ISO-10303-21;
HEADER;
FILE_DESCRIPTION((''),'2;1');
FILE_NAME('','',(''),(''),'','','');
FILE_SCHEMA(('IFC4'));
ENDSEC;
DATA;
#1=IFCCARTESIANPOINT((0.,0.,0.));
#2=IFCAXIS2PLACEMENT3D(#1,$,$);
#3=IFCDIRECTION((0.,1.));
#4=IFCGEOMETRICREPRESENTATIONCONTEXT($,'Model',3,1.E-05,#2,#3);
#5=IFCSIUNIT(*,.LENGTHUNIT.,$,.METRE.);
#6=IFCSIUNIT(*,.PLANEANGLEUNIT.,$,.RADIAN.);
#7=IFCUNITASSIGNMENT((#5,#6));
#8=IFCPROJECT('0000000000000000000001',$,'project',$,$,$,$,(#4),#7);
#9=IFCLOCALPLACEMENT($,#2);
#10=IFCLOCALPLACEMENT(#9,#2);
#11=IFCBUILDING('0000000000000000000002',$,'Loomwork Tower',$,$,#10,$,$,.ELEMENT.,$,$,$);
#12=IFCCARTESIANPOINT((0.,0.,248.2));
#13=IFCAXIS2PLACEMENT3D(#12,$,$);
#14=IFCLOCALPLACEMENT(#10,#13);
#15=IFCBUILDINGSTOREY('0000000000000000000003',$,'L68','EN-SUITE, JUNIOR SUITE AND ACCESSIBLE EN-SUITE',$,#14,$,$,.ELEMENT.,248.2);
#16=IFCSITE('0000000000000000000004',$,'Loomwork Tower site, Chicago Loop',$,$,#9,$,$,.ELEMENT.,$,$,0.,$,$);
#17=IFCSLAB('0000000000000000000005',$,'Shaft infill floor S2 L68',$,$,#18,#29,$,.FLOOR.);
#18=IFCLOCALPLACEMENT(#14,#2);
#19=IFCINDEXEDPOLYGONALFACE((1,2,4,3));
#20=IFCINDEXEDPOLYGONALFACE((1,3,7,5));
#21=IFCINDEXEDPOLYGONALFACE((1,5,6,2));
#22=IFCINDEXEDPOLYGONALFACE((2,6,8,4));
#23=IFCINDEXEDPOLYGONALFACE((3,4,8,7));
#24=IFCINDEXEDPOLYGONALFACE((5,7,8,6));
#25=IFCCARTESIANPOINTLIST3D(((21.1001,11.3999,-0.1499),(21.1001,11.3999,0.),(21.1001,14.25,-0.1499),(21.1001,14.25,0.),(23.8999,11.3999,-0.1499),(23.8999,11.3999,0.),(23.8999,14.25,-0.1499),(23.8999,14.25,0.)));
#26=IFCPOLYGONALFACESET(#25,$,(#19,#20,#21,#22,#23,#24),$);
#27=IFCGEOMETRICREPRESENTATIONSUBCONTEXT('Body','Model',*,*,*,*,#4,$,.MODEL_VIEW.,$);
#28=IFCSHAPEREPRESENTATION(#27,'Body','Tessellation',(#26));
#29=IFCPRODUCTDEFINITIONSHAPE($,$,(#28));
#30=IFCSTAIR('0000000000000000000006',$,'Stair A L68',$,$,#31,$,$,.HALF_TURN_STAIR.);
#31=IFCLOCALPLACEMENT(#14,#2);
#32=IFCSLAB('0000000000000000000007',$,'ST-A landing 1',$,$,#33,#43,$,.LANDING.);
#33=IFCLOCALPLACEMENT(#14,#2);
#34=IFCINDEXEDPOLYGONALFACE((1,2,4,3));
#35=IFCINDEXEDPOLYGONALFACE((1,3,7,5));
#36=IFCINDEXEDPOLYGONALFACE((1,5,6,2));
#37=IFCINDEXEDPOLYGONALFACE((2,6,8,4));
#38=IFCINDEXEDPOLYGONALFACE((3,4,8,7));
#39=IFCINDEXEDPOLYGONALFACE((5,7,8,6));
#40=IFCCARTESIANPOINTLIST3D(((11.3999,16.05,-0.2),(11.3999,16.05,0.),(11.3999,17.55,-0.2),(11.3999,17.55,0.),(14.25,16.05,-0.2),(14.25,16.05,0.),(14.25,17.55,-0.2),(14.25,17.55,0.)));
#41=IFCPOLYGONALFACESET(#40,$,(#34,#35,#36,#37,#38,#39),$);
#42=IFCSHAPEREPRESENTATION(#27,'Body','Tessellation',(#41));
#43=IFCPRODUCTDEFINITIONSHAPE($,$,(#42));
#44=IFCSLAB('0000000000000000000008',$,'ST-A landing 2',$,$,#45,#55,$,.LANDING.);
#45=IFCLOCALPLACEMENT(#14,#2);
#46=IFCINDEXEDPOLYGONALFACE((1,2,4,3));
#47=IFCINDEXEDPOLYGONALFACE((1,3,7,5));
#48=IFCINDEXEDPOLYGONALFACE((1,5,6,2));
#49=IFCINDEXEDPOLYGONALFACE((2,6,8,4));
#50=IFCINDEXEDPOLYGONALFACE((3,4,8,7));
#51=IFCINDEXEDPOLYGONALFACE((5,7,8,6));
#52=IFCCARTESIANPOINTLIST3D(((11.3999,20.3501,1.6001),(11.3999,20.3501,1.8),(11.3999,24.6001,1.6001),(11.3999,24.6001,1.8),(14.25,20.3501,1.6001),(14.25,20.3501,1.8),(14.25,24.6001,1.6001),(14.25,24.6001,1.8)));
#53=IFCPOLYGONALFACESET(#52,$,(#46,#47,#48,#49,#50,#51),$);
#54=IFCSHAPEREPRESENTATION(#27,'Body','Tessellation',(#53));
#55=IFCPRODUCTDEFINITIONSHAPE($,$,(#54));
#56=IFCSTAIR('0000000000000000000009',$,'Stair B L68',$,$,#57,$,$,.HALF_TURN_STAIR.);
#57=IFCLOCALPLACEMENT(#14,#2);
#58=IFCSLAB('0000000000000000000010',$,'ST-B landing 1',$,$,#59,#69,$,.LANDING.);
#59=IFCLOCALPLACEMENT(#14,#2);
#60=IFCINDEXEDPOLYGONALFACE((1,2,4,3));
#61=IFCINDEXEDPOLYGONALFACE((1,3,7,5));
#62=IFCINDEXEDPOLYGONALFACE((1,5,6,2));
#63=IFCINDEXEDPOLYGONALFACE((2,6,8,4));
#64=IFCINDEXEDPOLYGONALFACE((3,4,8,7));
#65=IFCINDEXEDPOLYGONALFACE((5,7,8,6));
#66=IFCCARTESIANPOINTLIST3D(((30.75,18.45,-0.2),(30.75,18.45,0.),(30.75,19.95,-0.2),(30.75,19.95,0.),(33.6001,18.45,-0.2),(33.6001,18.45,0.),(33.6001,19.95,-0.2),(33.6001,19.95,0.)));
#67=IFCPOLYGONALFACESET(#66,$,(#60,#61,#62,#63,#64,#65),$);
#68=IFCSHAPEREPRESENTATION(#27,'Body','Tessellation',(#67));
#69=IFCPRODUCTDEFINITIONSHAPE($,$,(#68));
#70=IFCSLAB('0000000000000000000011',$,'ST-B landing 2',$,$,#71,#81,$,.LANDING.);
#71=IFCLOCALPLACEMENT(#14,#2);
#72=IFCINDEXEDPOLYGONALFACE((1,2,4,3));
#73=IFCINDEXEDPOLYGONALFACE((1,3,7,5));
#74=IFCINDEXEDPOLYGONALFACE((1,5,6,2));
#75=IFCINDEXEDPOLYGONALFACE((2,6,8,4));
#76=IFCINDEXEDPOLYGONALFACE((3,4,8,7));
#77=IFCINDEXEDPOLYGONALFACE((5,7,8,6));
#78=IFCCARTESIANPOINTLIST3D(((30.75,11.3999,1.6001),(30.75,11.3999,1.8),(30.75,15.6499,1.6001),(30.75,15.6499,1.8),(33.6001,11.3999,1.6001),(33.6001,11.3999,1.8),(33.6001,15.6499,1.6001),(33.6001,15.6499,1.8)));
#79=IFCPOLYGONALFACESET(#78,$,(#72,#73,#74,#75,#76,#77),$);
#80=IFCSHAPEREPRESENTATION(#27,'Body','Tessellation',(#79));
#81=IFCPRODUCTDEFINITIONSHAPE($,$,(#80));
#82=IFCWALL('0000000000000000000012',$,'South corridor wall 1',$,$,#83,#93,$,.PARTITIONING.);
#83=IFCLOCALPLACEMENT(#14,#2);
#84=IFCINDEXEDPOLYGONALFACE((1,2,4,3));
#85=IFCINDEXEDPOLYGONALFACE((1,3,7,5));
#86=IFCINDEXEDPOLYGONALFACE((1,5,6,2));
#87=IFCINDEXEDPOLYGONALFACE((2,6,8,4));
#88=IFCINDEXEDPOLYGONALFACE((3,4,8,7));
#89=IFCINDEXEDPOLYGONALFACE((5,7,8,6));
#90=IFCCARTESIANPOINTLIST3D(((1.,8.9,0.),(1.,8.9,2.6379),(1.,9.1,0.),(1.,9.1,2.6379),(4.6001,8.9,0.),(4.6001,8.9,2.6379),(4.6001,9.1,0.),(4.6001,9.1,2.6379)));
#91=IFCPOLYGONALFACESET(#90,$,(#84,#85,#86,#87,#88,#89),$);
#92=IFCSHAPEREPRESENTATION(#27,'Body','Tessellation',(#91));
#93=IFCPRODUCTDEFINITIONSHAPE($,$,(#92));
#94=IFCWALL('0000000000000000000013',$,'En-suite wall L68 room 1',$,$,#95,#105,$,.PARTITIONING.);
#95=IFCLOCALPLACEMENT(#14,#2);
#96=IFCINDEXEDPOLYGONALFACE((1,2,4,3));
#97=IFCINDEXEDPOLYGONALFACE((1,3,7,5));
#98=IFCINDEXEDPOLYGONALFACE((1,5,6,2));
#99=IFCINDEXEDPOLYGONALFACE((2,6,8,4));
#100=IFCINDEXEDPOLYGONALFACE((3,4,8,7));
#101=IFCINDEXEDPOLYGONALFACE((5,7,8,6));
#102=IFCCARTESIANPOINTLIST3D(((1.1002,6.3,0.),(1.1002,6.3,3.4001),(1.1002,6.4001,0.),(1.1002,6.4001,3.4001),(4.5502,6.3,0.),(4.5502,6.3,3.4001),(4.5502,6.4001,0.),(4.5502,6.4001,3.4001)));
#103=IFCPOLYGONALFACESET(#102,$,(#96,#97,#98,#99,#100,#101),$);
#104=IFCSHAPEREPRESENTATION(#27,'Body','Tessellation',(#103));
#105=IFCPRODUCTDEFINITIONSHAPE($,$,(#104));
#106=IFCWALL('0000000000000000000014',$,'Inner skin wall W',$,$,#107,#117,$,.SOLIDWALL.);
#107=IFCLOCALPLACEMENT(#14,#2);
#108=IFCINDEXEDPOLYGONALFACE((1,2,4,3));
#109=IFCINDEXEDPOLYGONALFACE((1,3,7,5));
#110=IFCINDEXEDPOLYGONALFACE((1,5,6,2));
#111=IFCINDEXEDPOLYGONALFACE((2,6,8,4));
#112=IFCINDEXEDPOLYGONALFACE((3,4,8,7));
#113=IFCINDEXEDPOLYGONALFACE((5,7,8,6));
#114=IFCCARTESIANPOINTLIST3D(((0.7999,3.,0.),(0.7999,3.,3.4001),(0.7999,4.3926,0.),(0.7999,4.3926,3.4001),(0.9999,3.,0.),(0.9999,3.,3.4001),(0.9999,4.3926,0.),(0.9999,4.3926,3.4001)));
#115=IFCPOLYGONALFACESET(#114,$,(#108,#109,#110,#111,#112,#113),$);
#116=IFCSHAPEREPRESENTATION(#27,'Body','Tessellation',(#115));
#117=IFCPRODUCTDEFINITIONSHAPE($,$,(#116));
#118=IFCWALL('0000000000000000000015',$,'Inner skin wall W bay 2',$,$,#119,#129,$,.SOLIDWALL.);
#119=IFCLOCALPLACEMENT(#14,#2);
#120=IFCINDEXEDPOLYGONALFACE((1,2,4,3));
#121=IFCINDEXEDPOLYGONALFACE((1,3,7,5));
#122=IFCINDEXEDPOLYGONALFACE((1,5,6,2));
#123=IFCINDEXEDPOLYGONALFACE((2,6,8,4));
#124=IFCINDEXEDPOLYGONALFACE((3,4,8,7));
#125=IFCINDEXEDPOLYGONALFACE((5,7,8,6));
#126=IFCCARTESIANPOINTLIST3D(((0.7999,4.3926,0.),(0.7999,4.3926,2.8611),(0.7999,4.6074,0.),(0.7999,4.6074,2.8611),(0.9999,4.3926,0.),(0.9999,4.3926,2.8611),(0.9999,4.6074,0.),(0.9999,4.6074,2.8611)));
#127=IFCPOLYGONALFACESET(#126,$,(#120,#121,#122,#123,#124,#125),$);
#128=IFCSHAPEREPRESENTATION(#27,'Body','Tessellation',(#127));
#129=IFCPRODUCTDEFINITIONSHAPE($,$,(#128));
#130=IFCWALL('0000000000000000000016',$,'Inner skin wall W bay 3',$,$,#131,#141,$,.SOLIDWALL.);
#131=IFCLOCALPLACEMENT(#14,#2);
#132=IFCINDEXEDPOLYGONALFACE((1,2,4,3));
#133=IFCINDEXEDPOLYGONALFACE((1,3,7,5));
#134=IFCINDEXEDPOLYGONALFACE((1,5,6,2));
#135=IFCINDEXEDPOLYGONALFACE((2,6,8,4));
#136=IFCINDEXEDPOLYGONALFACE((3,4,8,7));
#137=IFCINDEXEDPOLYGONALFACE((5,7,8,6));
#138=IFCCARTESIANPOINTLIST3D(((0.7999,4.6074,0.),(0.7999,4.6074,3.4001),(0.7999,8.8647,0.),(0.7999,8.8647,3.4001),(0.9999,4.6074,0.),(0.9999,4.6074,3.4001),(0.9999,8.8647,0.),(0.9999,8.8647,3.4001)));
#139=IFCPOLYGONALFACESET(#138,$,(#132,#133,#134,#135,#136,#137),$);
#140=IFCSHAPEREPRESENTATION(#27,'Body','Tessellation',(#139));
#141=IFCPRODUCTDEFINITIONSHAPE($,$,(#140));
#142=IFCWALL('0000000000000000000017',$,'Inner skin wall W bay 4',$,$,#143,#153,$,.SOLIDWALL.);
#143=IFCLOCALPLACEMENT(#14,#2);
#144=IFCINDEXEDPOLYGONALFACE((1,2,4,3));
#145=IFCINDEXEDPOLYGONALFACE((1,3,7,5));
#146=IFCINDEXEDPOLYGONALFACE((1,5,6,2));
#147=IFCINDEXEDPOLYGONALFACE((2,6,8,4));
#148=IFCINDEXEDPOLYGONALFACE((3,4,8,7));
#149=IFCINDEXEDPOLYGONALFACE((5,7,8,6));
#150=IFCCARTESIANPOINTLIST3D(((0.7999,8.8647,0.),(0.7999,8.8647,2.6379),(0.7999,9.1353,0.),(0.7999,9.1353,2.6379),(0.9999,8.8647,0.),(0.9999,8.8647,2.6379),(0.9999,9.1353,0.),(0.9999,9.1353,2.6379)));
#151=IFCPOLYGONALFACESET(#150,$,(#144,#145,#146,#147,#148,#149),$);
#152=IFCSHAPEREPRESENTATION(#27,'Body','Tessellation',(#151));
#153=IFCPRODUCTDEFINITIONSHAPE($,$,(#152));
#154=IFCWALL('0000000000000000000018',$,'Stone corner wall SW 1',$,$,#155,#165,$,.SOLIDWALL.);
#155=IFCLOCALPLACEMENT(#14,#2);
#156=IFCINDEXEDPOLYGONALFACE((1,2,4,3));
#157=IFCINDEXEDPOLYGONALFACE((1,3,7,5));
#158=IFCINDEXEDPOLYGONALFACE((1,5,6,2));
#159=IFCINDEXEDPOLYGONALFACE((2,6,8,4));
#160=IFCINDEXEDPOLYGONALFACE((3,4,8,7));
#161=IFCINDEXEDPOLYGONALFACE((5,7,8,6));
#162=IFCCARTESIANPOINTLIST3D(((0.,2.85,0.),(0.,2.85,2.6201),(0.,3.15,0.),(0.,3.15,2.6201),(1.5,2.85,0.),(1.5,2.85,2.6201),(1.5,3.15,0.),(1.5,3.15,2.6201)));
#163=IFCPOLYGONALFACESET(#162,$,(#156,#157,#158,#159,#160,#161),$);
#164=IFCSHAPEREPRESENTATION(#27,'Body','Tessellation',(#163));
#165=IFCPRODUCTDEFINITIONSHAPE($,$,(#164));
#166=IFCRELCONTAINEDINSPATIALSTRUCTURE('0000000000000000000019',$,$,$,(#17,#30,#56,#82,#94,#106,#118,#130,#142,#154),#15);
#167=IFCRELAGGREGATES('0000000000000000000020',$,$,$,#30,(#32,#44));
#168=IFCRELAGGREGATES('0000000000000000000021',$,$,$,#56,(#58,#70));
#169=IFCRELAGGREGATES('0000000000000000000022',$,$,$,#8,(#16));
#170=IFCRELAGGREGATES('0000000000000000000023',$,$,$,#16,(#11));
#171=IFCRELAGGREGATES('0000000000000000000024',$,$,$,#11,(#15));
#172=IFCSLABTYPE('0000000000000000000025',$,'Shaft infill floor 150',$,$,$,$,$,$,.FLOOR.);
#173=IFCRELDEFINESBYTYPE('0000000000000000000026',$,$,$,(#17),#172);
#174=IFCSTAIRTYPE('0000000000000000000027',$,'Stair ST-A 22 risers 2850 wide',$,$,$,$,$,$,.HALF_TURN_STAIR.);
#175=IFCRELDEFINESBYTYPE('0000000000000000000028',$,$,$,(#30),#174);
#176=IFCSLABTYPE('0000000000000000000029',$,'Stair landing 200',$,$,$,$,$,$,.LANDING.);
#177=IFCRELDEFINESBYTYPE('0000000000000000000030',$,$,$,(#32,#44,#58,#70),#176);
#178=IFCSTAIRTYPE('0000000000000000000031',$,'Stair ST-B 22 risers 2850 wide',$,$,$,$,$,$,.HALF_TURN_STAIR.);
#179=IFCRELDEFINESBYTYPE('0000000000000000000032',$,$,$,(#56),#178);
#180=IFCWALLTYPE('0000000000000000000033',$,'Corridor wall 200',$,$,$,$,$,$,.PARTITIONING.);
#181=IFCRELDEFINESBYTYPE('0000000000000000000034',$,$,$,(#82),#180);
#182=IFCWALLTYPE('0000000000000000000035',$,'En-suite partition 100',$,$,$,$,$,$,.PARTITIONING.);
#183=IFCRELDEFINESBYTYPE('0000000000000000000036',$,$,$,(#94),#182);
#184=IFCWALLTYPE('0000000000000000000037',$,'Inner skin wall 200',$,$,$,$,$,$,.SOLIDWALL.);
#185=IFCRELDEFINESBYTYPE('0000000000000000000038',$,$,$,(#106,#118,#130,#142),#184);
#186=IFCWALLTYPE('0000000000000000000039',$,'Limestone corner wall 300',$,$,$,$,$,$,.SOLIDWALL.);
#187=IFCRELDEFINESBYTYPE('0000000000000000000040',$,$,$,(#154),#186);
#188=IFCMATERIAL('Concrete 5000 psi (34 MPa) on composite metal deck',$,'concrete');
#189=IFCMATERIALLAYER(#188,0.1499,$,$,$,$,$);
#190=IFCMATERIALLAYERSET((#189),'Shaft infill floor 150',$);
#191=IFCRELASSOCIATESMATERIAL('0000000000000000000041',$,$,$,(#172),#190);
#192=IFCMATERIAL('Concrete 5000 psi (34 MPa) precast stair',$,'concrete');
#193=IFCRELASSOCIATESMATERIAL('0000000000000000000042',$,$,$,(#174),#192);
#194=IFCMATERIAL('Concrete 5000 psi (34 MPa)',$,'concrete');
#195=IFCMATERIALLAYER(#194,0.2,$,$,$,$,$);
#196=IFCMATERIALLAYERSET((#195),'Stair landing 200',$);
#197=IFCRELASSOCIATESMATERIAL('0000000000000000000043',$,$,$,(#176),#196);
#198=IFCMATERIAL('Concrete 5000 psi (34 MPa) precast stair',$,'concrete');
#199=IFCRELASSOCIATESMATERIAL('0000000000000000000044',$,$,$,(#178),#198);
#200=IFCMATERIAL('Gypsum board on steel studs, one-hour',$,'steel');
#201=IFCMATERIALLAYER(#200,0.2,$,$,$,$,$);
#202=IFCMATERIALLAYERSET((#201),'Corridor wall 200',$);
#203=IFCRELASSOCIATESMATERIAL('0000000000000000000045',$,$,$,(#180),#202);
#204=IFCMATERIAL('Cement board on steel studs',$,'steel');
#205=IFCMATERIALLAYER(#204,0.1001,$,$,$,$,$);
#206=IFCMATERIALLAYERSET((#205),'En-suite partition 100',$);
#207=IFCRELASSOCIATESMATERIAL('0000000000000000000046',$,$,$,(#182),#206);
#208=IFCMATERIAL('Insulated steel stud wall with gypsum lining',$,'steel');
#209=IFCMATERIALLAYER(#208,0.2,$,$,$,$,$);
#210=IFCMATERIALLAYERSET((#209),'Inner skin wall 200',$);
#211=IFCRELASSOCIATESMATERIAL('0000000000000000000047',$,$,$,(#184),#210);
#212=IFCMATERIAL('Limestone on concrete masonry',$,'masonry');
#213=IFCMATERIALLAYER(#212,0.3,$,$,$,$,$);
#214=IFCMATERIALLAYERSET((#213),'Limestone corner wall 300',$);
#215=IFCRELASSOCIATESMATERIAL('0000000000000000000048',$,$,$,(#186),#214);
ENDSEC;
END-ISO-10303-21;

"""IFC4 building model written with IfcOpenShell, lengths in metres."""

from ifc_helpers import new_model, si_unit, direction, frame, frame_2d, origin, place, context, subcontext, project, spatial, polyline, rectangle, outline, extrude, material, layer, layer_set, type_object, element, aggregate, save


model = new_model("IFC4")

# Units and contexts
model_context = context("Model", 3, precision=1e-05, world=origin(), true_north=direction((0.0, 1.0)))
body_context = subcontext(model_context, "Body", "Model", "MODEL_VIEW")
ifc_project = project(units=[si_unit("LENGTHUNIT", "METRE"), si_unit("PLANEANGLEUNIT", "RADIAN")], contexts=[model_context])

# Site, building, storey
site_placement = place(None, origin())
site = spatial("IfcSite", under=ifc_project, at=site_placement, Name="Loomwork Tower site, Chicago Loop", CompositionType="ELEMENT", RefElevation=0.0)
building_placement = place(site_placement, origin())
building = spatial("IfcBuilding", under=site, at=building_placement, Name="Loomwork Tower", CompositionType="ELEMENT")
storey_placement = place(building_placement, frame((0.0, 0.0, 248.2)))
storey = spatial("IfcBuildingStorey", under=building, at=storey_placement, Name="L68", Description="EN-SUITE, JUNIOR SUITE AND ACCESSIBLE EN-SUITE", CompositionType="ELEMENT", Elevation=248.2)

# Slab
ifc_material_1 = material(Name="Concrete 5000 psi (34 MPa) on composite metal deck", Category="concrete")
ifc_layer_1 = layer(ifc_material_1, 0.1499)
ifc_layer_set_1 = layer_set([ifc_layer_1], Name="Shaft infill floor 150")
slab_type_1 = type_object("IfcSlabType", Name="Shaft infill floor 150", PredefinedType="FLOOR", material=ifc_layer_set_1)
slab_1_placement = place(storey_placement, frame((0.0, 0.0, -0.1499)))
element("IfcSlab", 1, at=slab_1_placement, inside=storey, type_object=slab_type_1, Name="Shaft infill floor S2 L68", PredefinedType="FLOOR", context=body_context, shape_type="SweptSolid", body=[
    extrude(outline(polyline([(21.1001, 11.3999), (23.8999, 11.3999), (23.8999, 14.25), (21.1001, 14.25), (21.1001, 11.3999)])), origin(), (0.0, 0.0, 1.0), 0.1499),
])

# Stairs, slabs
ifc_material_2 = material(Name="Concrete 5000 psi (34 MPa) precast stair", Category="concrete")
stair_type_1 = type_object("IfcStairType", Name="Stair ST-A 22 risers 2850 wide", PredefinedType="HALF_TURN_STAIR", material=ifc_material_2)
stair_1_placement = place(storey_placement, origin())
stair_1 = element("IfcStair", 2, at=stair_1_placement, inside=storey, type_object=stair_type_1, Name="Stair A L68", PredefinedType="HALF_TURN_STAIR")
ifc_material_3 = material(Name="Concrete 5000 psi (34 MPa)", Category="concrete")
ifc_layer_2 = layer(ifc_material_3, 0.2)
ifc_layer_set_2 = layer_set([ifc_layer_2], Name="Stair landing 200")
slab_type_2 = type_object("IfcSlabType", Name="Stair landing 200", PredefinedType="LANDING", material=ifc_layer_set_2)
slab_2_placement = place(storey_placement, frame((0.0, 0.0, -0.2)))
slab_2 = element("IfcSlab", 3, at=slab_2_placement, type_object=slab_type_2, Name="ST-A landing 1", PredefinedType="LANDING", context=body_context, shape_type="SweptSolid", body=[
    extrude(outline(polyline([(11.3999, 16.05), (14.25, 16.05), (14.25, 17.55), (11.3999, 17.55), (11.3999, 16.05)])), origin(), (0.0, 0.0, 1.0), 0.2),
])
slab_3_placement = place(storey_placement, frame((0.0, 0.0, 1.6001)))
slab_3 = element("IfcSlab", 4, at=slab_3_placement, type_object=slab_type_2, Name="ST-A landing 2", PredefinedType="LANDING", context=body_context, shape_type="SweptSolid", body=[
    extrude(outline(polyline([(11.3999, 20.3501), (14.25, 20.3501), (14.25, 24.6001), (11.3999, 24.6001), (11.3999, 20.3501)])), origin(), (0.0, 0.0, 1.0), 0.2),
])
aggregate(stair_1, [slab_2, slab_3])
ifc_material_4 = material(Name="Concrete 5000 psi (34 MPa) precast stair", Category="concrete")
stair_type_2 = type_object("IfcStairType", Name="Stair ST-B 22 risers 2850 wide", PredefinedType="HALF_TURN_STAIR", material=ifc_material_4)
stair_2_placement = place(storey_placement, origin())
stair_2 = element("IfcStair", 5, at=stair_2_placement, inside=storey, type_object=stair_type_2, Name="Stair B L68", PredefinedType="HALF_TURN_STAIR")
slab_4_placement = place(storey_placement, frame((0.0, 0.0, -0.2)))
slab_4 = element("IfcSlab", 6, at=slab_4_placement, type_object=slab_type_2, Name="ST-B landing 1", PredefinedType="LANDING", context=body_context, shape_type="SweptSolid", body=[
    extrude(outline(polyline([(30.75, 18.45), (33.6001, 18.45), (33.6001, 19.95), (30.75, 19.95), (30.75, 18.45)])), origin(), (0.0, 0.0, 1.0), 0.2),
])
slab_5_placement = place(storey_placement, frame((0.0, 0.0, 1.6001)))
slab_5 = element("IfcSlab", 7, at=slab_5_placement, type_object=slab_type_2, Name="ST-B landing 2", PredefinedType="LANDING", context=body_context, shape_type="SweptSolid", body=[
    extrude(outline(polyline([(30.75, 11.3999), (33.6001, 11.3999), (33.6001, 15.6499), (30.75, 15.6499), (30.75, 11.3999)])), origin(), (0.0, 0.0, 1.0), 0.2),
])
aggregate(stair_2, [slab_4, slab_5])

# Walls
ifc_material_5 = material(Name="Gypsum board on steel studs, one-hour", Category="steel")
ifc_layer_3 = layer(ifc_material_5, 0.2)
ifc_layer_set_3 = layer_set([ifc_layer_3], Name="Corridor wall 200")
wall_type_1 = type_object("IfcWallType", Name="Corridor wall 200", PredefinedType="PARTITIONING", material=ifc_layer_set_3)
wall_1_placement = place(storey_placement, frame((1.0, 9.0, 0.0), z_axis=(0.0, 0.0, 1.0), x_axis=(1.0, 0.0, 0.0)))
element("IfcWall", 8, at=wall_1_placement, inside=storey, type_object=wall_type_1, Name="South corridor wall 1", PredefinedType="PARTITIONING", context=body_context, shape_type="SweptSolid", body=[
    extrude(rectangle(XDim=3.6001, YDim=0.2, at=frame_2d((1.8, 0.0))), origin(), (0.0, 0.0, 1.0), 2.6379),
])
ifc_material_6 = material(Name="Cement board on steel studs", Category="steel")
ifc_layer_4 = layer(ifc_material_6, 0.1001)
ifc_layer_set_4 = layer_set([ifc_layer_4], Name="En-suite partition 100")
wall_type_2 = type_object("IfcWallType", Name="En-suite partition 100", PredefinedType="PARTITIONING", material=ifc_layer_set_4)
wall_2_placement = place(storey_placement, frame((1.1001, 6.3501, 0.0), z_axis=(0.0, 0.0, 1.0), x_axis=(1.0, 0.0, 0.0)))
element("IfcWall", 9, at=wall_2_placement, inside=storey, type_object=wall_type_2, Name="En-suite wall L68 room 1", PredefinedType="PARTITIONING", context=body_context, shape_type="SweptSolid", body=[
    extrude(rectangle(XDim=3.45, YDim=0.1001, at=frame_2d((1.7251, 0.0))), origin(), (0.0, 0.0, 1.0), 3.4001),
])
ifc_material_7 = material(Name="Insulated steel stud wall with gypsum lining", Category="steel")
ifc_layer_5 = layer(ifc_material_7, 0.2)
ifc_layer_set_5 = layer_set([ifc_layer_5], Name="Inner skin wall 200")
wall_type_3 = type_object("IfcWallType", Name="Inner skin wall 200", PredefinedType="SOLIDWALL", material=ifc_layer_set_5)
wall_3_placement = place(storey_placement, frame((0.8999, 3.0, 0.0), z_axis=(0.0, 0.0, 1.0), x_axis=(0.0, 1.0, 0.0)))
element("IfcWall", 10, at=wall_3_placement, inside=storey, type_object=wall_type_3, Name="Inner skin wall W", PredefinedType="SOLIDWALL", context=body_context, shape_type="SweptSolid", body=[
    extrude(rectangle(XDim=1.3926, YDim=0.2, at=frame_2d((0.6963, 0.0))), origin(), (0.0, 0.0, 1.0), 3.4001),
])
wall_4_placement = place(storey_placement, frame((0.8999, 4.3926, 0.0), z_axis=(0.0, 0.0, 1.0), x_axis=(0.0, 1.0, 0.0)))
element("IfcWall", 11, at=wall_4_placement, inside=storey, type_object=wall_type_3, Name="Inner skin wall W bay 2", PredefinedType="SOLIDWALL", context=body_context, shape_type="SweptSolid", body=[
    extrude(rectangle(XDim=0.2148, YDim=0.2, at=frame_2d((0.1074, 0.0))), origin(), (0.0, 0.0, 1.0), 2.8611),
])
wall_5_placement = place(storey_placement, frame((0.8999, 4.6074, 0.0), z_axis=(0.0, 0.0, 1.0), x_axis=(0.0, 1.0, 0.0)))
element("IfcWall", 12, at=wall_5_placement, inside=storey, type_object=wall_type_3, Name="Inner skin wall W bay 3", PredefinedType="SOLIDWALL", context=body_context, shape_type="SweptSolid", body=[
    extrude(rectangle(XDim=4.2573, YDim=0.2, at=frame_2d((2.1287, 0.0))), origin(), (0.0, 0.0, 1.0), 3.4001),
])
wall_6_placement = place(storey_placement, frame((0.8999, 8.8647, 0.0), z_axis=(0.0, 0.0, 1.0), x_axis=(0.0, 1.0, 0.0)))
element("IfcWall", 13, at=wall_6_placement, inside=storey, type_object=wall_type_3, Name="Inner skin wall W bay 4", PredefinedType="SOLIDWALL", context=body_context, shape_type="SweptSolid", body=[
    extrude(rectangle(XDim=0.2705, YDim=0.2, at=frame_2d((0.1353, 0.0))), origin(), (0.0, 0.0, 1.0), 2.6379),
])
ifc_material_8 = material(Name="Limestone on concrete masonry", Category="masonry")
ifc_layer_6 = layer(ifc_material_8, 0.3)
ifc_layer_set_6 = layer_set([ifc_layer_6], Name="Limestone corner wall 300")
wall_type_4 = type_object("IfcWallType", Name="Limestone corner wall 300", PredefinedType="SOLIDWALL", material=ifc_layer_set_6)
wall_7_placement = place(storey_placement, frame((0.0, 3.0, 0.0), z_axis=(0.0, 0.0, 1.0), x_axis=(1.0, 0.0, 0.0)))
element("IfcWall", 14, at=wall_7_placement, inside=storey, type_object=wall_type_4, Name="Stone corner wall SW 1", PredefinedType="SOLIDWALL", context=body_context, shape_type="SweptSolid", body=[
    extrude(rectangle(XDim=1.5, YDim=0.3, at=frame_2d((0.75, 0.0))), origin(), (0.0, 0.0, 1.0), 2.6201),
])

save(model, "model.ifc")
